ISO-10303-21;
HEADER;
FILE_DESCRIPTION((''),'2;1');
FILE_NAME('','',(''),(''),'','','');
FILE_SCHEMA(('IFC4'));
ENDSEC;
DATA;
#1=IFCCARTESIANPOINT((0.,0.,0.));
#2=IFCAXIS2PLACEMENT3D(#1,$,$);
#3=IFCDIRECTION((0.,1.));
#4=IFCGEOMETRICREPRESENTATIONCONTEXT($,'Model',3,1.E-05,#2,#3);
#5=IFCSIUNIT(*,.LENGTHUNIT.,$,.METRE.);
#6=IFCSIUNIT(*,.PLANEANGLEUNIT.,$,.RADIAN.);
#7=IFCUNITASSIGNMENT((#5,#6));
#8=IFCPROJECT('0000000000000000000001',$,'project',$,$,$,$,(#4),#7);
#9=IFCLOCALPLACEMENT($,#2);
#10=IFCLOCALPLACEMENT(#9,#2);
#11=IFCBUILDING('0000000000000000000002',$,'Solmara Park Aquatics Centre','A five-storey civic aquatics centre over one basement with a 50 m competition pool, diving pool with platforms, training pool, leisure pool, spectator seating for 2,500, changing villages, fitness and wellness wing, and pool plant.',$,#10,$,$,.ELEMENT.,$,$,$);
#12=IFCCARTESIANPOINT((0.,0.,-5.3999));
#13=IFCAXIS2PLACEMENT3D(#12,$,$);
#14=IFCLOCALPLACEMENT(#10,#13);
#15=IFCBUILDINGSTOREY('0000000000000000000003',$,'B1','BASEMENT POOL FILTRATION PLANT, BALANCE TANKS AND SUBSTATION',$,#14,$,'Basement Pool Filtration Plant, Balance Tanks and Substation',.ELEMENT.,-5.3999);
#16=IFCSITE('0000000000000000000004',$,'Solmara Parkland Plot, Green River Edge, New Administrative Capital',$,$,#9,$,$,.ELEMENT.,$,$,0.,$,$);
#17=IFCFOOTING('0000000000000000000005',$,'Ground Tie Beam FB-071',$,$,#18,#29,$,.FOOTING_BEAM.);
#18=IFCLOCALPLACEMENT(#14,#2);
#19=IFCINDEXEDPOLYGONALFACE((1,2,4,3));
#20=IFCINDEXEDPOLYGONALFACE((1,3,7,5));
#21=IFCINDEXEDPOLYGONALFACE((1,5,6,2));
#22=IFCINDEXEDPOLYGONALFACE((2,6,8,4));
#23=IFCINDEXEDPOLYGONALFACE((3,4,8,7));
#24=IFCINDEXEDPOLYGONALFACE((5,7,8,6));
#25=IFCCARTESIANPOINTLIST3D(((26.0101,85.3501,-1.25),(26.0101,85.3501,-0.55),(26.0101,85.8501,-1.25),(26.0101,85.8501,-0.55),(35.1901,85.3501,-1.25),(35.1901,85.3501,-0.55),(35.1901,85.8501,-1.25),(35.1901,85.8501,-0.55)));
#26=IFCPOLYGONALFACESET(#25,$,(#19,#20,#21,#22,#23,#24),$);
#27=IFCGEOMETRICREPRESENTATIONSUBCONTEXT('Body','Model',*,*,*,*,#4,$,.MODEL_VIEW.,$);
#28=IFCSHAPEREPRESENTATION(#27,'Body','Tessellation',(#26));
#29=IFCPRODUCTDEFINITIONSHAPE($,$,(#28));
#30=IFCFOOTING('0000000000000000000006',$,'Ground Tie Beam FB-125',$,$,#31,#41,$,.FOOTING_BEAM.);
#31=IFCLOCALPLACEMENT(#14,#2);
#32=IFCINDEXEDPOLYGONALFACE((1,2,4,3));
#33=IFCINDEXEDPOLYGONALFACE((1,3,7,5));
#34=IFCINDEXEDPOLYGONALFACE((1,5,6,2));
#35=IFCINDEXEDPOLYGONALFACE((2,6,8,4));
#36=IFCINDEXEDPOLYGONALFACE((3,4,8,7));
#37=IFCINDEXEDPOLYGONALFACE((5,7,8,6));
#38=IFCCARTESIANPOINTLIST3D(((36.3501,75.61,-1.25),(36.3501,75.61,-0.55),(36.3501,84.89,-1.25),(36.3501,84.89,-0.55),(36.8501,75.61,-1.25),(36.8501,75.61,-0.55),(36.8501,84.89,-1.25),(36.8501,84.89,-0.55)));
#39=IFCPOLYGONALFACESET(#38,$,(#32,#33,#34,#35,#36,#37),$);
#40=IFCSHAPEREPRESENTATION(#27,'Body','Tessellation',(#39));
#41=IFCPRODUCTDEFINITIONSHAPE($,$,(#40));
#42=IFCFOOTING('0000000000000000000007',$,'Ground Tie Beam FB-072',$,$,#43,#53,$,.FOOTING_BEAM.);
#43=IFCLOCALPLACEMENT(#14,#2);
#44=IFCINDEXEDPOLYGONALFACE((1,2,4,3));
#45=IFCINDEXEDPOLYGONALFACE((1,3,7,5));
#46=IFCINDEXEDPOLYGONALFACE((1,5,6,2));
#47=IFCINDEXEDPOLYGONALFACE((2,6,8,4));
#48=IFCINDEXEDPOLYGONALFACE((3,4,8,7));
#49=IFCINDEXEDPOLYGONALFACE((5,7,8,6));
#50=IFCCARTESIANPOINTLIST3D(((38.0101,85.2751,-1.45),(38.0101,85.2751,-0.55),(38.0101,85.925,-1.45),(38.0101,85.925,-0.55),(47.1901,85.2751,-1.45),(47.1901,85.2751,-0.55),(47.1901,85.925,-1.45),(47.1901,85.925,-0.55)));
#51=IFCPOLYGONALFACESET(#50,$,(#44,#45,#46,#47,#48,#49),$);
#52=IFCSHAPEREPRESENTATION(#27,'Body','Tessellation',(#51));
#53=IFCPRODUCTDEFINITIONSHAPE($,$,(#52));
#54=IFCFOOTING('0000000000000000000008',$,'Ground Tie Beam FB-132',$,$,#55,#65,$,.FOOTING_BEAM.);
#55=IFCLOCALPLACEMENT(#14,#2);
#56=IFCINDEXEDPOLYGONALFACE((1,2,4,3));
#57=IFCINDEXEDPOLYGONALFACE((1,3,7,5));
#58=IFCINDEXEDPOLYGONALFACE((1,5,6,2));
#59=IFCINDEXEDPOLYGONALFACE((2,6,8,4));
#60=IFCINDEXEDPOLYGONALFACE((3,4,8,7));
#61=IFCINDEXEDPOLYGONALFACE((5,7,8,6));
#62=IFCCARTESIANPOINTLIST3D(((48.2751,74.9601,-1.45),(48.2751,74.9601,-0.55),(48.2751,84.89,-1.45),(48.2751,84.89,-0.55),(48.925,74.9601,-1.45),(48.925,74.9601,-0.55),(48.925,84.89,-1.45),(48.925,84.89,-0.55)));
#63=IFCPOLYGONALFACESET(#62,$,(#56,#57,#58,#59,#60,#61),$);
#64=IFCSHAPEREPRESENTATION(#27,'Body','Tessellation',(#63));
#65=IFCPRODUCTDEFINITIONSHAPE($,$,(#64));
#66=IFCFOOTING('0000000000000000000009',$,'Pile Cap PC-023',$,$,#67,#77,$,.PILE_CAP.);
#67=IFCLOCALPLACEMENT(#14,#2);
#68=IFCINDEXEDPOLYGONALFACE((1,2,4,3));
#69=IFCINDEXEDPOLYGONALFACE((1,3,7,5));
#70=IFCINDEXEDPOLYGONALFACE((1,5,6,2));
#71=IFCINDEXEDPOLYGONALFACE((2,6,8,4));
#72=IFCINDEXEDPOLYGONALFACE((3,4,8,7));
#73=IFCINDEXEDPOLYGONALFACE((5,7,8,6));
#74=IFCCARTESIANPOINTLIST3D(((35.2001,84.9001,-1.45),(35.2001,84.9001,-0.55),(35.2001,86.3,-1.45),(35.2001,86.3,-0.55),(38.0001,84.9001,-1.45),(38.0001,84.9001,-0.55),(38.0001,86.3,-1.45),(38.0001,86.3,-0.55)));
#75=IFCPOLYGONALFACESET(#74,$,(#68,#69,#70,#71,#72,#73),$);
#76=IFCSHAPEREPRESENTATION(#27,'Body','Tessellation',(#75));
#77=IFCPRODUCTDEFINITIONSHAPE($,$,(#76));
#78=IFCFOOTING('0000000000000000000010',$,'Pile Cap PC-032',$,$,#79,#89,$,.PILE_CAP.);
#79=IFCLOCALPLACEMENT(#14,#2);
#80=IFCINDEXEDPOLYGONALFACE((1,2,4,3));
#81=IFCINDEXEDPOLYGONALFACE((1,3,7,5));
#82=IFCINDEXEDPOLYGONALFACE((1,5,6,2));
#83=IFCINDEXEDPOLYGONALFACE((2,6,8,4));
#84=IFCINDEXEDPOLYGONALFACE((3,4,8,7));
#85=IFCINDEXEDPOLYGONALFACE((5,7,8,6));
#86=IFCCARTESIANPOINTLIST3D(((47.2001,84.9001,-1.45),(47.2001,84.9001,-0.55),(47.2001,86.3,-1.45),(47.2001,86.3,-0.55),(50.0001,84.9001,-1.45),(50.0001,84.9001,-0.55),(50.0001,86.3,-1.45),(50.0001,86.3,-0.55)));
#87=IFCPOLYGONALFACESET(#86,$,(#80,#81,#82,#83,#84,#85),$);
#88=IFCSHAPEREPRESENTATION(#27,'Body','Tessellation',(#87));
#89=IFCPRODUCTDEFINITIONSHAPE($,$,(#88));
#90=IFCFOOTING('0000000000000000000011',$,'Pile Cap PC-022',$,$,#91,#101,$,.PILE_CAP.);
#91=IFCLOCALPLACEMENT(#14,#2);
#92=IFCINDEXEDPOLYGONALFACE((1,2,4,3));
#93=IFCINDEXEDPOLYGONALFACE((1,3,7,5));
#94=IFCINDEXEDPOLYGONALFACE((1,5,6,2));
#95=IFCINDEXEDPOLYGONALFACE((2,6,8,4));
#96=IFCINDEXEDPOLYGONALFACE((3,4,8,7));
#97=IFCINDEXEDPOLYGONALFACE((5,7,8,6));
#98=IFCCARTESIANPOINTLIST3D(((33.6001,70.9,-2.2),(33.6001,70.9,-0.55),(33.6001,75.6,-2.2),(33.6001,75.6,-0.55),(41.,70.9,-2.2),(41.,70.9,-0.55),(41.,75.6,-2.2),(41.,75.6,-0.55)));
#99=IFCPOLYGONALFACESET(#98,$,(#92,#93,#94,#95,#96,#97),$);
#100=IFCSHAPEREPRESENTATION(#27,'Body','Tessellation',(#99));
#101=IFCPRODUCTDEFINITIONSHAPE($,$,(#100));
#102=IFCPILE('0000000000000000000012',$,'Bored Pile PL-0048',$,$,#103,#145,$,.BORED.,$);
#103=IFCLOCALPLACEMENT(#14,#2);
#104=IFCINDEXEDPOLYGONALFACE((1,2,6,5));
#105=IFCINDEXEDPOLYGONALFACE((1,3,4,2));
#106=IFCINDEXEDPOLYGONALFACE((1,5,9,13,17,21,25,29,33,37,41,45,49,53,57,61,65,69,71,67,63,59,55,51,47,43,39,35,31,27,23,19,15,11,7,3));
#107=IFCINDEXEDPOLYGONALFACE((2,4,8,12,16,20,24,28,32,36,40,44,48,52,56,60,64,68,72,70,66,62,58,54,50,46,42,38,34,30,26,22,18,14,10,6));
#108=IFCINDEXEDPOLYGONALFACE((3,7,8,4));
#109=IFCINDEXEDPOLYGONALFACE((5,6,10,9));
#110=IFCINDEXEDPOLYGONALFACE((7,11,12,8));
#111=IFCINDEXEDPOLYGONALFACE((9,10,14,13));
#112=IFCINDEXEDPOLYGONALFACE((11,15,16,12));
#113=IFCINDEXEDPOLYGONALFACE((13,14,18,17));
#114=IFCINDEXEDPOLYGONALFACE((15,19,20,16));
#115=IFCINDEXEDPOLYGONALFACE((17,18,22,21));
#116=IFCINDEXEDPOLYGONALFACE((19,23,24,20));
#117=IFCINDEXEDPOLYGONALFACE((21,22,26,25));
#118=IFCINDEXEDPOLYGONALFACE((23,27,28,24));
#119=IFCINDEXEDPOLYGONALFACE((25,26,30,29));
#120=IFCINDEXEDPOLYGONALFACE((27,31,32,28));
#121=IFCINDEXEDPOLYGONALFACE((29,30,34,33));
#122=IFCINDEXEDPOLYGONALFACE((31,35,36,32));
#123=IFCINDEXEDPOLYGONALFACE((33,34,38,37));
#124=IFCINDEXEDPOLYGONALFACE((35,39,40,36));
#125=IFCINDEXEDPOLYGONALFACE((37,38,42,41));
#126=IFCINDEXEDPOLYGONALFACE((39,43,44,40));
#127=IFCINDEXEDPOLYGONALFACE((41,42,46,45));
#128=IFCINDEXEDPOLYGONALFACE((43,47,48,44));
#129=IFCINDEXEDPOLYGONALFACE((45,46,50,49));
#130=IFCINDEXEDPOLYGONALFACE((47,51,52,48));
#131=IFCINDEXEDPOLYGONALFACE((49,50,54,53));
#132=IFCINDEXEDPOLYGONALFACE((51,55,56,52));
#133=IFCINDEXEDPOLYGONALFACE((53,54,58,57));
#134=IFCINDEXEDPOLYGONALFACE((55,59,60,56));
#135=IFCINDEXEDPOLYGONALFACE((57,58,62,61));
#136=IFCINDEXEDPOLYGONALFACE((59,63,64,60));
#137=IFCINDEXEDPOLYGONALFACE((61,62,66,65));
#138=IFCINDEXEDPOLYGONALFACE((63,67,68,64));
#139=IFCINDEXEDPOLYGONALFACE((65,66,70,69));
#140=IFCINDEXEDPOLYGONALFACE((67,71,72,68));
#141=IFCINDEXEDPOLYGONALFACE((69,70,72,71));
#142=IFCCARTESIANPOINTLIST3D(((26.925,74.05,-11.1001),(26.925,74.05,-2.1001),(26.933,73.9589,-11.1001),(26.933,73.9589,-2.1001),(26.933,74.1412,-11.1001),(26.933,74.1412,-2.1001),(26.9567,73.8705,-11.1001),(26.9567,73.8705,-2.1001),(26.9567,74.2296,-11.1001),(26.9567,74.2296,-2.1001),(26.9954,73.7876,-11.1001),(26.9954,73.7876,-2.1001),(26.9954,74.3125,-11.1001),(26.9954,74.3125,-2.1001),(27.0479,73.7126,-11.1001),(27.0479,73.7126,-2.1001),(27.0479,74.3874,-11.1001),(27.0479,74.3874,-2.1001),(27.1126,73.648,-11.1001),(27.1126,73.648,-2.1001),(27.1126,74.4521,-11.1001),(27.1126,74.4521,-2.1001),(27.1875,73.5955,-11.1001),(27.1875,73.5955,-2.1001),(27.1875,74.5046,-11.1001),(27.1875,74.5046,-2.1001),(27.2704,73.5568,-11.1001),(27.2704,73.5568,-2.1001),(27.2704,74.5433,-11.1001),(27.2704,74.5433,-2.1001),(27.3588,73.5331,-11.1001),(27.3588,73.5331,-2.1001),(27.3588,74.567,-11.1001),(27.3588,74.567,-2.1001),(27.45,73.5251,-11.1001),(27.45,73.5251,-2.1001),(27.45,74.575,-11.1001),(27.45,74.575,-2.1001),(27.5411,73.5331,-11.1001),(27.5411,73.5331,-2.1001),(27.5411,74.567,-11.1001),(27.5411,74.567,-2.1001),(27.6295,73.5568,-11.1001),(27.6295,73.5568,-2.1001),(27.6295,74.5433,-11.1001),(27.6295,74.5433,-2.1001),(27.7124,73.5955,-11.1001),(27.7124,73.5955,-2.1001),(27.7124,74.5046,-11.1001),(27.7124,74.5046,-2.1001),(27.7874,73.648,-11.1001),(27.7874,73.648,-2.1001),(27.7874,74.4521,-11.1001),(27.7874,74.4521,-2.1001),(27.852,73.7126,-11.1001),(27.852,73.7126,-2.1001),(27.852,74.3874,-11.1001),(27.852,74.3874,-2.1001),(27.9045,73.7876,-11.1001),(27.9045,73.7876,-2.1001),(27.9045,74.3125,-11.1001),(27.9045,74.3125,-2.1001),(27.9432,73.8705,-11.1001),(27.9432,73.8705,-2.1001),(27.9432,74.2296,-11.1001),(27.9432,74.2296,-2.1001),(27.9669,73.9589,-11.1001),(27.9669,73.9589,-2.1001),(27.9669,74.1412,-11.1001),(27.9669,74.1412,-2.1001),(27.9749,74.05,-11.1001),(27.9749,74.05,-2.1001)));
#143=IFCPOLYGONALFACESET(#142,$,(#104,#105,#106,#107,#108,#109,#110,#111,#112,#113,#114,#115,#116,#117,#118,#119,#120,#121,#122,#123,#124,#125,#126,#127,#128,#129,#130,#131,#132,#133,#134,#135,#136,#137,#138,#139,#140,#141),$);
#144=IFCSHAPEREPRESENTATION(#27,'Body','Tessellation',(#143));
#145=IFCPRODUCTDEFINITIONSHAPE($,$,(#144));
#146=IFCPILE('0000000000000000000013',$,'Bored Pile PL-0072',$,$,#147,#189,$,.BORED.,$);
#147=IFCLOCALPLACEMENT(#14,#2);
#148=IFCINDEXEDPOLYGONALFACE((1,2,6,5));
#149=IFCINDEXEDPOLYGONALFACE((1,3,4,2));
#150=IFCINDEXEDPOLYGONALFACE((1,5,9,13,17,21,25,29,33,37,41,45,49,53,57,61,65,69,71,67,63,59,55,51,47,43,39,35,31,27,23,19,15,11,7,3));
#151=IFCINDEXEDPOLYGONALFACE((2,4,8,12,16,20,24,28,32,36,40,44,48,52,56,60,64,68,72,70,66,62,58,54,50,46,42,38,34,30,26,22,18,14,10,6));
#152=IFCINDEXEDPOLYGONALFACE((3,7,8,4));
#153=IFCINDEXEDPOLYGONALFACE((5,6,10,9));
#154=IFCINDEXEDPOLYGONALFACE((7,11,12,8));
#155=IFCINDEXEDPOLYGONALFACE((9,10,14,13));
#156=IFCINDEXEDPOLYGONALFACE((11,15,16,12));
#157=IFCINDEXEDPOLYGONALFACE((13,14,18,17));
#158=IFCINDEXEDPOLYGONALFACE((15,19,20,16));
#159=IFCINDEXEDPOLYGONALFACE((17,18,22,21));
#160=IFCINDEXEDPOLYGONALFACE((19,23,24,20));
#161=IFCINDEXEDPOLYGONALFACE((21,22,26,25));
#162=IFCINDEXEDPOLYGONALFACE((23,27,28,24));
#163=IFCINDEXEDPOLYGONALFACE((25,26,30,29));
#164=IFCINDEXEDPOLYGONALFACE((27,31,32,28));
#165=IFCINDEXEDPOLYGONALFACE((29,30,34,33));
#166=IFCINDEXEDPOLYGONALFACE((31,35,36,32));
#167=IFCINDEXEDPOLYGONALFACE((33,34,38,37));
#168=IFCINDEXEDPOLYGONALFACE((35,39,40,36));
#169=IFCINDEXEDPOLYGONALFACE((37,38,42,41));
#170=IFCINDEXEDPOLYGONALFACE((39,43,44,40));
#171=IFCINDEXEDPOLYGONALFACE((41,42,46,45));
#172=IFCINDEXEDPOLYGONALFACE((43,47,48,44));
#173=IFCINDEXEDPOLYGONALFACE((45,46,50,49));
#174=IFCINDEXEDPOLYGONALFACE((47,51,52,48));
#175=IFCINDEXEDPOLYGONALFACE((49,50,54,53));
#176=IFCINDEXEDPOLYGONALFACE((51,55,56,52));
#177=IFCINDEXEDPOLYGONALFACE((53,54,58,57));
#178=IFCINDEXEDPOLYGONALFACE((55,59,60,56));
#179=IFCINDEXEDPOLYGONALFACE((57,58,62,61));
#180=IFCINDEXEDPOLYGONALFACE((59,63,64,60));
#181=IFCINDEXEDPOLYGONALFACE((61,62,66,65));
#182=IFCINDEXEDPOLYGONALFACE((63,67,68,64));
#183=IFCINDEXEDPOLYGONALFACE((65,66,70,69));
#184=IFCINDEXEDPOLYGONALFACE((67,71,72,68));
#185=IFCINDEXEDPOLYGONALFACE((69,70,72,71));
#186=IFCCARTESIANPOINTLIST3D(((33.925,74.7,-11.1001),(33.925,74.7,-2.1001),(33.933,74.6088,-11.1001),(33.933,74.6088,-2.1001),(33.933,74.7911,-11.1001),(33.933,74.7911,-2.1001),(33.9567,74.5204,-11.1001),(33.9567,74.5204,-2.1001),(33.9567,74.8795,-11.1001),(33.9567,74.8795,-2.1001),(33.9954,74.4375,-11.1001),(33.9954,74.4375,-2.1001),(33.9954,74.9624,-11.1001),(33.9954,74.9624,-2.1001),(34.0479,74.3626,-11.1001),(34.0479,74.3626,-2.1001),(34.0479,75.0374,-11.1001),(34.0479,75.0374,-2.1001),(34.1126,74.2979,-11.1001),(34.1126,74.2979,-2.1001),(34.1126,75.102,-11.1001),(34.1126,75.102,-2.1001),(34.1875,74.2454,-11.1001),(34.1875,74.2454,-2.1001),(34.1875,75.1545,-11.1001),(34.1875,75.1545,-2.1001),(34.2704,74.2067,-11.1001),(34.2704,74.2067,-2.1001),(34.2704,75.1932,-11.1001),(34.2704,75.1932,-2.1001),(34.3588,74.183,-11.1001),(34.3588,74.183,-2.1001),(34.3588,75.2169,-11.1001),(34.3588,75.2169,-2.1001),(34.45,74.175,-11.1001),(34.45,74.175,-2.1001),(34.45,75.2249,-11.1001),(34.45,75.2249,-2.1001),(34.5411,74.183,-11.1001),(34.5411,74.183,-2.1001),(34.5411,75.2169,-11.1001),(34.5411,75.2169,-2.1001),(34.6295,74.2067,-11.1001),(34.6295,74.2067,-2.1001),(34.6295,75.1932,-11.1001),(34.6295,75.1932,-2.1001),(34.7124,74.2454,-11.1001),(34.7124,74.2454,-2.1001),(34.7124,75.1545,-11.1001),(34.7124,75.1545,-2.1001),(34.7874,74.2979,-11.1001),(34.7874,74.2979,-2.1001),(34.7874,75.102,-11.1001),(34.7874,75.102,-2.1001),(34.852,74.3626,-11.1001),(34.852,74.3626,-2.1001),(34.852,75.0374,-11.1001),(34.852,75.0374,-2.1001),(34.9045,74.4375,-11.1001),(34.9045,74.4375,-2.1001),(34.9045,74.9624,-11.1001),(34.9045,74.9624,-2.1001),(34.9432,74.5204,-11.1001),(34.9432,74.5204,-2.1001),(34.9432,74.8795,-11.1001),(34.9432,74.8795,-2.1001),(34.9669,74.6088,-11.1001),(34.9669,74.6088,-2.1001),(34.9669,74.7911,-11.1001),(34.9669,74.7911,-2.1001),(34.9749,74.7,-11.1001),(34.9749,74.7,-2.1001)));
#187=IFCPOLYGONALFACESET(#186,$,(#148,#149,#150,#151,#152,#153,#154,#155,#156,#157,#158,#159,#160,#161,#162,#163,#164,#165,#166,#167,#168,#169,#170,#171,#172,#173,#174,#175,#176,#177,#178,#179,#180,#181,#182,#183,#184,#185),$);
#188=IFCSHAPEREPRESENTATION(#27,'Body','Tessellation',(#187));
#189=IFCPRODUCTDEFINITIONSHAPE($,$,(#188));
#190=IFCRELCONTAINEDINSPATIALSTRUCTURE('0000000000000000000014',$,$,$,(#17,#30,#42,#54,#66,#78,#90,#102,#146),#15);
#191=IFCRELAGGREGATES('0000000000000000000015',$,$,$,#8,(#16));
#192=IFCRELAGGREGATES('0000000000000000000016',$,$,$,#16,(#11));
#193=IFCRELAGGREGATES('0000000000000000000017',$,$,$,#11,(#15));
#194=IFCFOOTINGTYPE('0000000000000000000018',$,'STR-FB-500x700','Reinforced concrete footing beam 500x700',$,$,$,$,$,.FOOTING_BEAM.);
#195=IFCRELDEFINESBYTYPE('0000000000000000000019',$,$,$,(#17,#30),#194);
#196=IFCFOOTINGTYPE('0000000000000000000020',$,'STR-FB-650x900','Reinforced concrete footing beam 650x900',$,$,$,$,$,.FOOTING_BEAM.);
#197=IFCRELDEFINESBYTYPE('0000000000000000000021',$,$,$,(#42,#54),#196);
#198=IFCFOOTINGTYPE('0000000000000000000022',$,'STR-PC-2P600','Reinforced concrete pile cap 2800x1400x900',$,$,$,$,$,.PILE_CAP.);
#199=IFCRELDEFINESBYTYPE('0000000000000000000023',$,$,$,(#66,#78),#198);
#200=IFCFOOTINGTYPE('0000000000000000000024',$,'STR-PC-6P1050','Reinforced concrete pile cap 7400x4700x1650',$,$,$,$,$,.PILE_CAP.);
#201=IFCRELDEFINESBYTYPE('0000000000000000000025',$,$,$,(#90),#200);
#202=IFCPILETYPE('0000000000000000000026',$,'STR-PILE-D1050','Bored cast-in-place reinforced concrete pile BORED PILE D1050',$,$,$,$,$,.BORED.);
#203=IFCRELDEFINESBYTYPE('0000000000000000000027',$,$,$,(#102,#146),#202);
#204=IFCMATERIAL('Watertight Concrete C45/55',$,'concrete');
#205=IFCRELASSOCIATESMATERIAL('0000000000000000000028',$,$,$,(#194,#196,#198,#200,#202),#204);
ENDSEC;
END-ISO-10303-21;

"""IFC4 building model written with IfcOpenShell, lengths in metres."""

from ifc_helpers import new_model, si_unit, direction, frame, origin, origin_2d, place, context, subcontext, project, spatial, rectangle, circle, extrude, material, material_profile, profile_set, type_object, element, save


model = new_model("IFC4")

# Units and contexts
model_context = context("Model", 3, precision=1e-05, world=origin(), true_north=direction((0.0, 1.0)))
body_context = subcontext(model_context, "Body", "Model", "MODEL_VIEW")
ifc_project = project(units=[si_unit("LENGTHUNIT", "METRE"), si_unit("PLANEANGLEUNIT", "RADIAN")], contexts=[model_context])

# Site, building, storey
site_placement = place(None, origin())
site = spatial("IfcSite", under=ifc_project, at=site_placement, Name="Solmara Parkland Plot, Green River Edge, New Administrative Capital", CompositionType="ELEMENT", RefElevation=0.0)
building_placement = place(site_placement, origin())
building = spatial("IfcBuilding", under=site, at=building_placement, Name="Solmara Park Aquatics Centre", Description="A five-storey civic aquatics centre over one basement with a 50 m competition pool, diving pool with platforms, training pool, leisure pool, spectator seating for 2,500, changing villages, fitness and wellness wing, and pool plant.", CompositionType="ELEMENT")
storey_placement = place(building_placement, frame((0.0, 0.0, -5.3999)))
storey = spatial("IfcBuildingStorey", under=building, at=storey_placement, Name="B1", Description="BASEMENT POOL FILTRATION PLANT, BALANCE TANKS AND SUBSTATION", LongName="Basement Pool Filtration Plant, Balance Tanks and Substation", CompositionType="ELEMENT", Elevation=-5.3999)

# Footings
ifc_material_1 = material(Name="Watertight Concrete C45/55", Category="concrete")
footing_type_1 = type_object("IfcFootingType", Name="STR-FB-500x700", Description="Reinforced concrete footing beam 500x700", PredefinedType="FOOTING_BEAM", material=ifc_material_1)
footing_1_placement = place(storey_placement, frame((30.6001, 85.6001, -1.25), z_axis=(0.0, 0.0, 1.0), x_axis=(1.0, 0.0, 0.0)))
element("IfcFooting", 1, at=footing_1_placement, inside=storey, type_object=footing_type_1, Name="Ground Tie Beam FB-071", PredefinedType="FOOTING_BEAM", context=body_context, shape_type="SweptSolid", body=[
    extrude(rectangle(XDim=9.1799, YDim=0.5, at=origin_2d()), origin(), (0.0, 0.0, 1.0), 0.7),
])
footing_2_placement = place(storey_placement, frame((36.6001, 80.25, -1.25), z_axis=(0.0, 0.0, 1.0), x_axis=(1.0, 0.0, 0.0)))
element("IfcFooting", 2, at=footing_2_placement, inside=storey, type_object=footing_type_1, Name="Ground Tie Beam FB-125", PredefinedType="FOOTING_BEAM", context=body_context, shape_type="SweptSolid", body=[
    extrude(rectangle(XDim=0.5, YDim=9.28, at=origin_2d()), origin(), (0.0, 0.0, 1.0), 0.7),
])
footing_type_2 = type_object("IfcFootingType", Name="STR-FB-650x900", Description="Reinforced concrete footing beam 650x900", PredefinedType="FOOTING_BEAM", material=ifc_material_1)
footing_3_placement = place(storey_placement, frame((42.6001, 85.6001, -1.45), z_axis=(0.0, 0.0, 1.0), x_axis=(1.0, 0.0, 0.0)))
element("IfcFooting", 3, at=footing_3_placement, inside=storey, type_object=footing_type_2, Name="Ground Tie Beam FB-072", PredefinedType="FOOTING_BEAM", context=body_context, shape_type="SweptSolid", body=[
    extrude(rectangle(XDim=9.1799, YDim=0.6499, at=origin_2d()), origin(), (0.0, 0.0, 1.0), 0.8999),
])
footing_4_placement = place(storey_placement, frame((48.6001, 79.925, -1.45), z_axis=(0.0, 0.0, 1.0), x_axis=(1.0, 0.0, 0.0)))
element("IfcFooting", 4, at=footing_4_placement, inside=storey, type_object=footing_type_2, Name="Ground Tie Beam FB-132", PredefinedType="FOOTING_BEAM", context=body_context, shape_type="SweptSolid", body=[
    extrude(rectangle(XDim=0.6499, YDim=9.9299, at=origin_2d()), origin(), (0.0, 0.0, 1.0), 0.8999),
])
footing_type_3 = type_object("IfcFootingType", Name="STR-PC-2P600", Description="Reinforced concrete pile cap 2800x1400x900", PredefinedType="PILE_CAP", material=ifc_material_1)
for number, where, z_axis, x_axis, name in (
    (5, (36.6001, 85.6001, -1.45), (0.0, 0.0, 1.0), (1.0, 0.0, 0.0), "Pile Cap PC-023"),
    (6, (48.6001, 85.6001, -1.45), (0.0, 0.0, 1.0), (1.0, 0.0, 0.0), "Pile Cap PC-032"),
):
    element("IfcFooting", number, at=place(storey_placement, frame(where, z_axis=z_axis, x_axis=x_axis)), inside=storey, type_object=footing_type_3, Name=name, PredefinedType="PILE_CAP", context=body_context, shape_type="SweptSolid", body=[
        extrude(rectangle(XDim=2.8, YDim=1.3999, at=origin_2d()), origin(), (0.0, 0.0, 1.0), 0.8999),
    ])
footing_type_4 = type_object("IfcFootingType", Name="STR-PC-6P1050", Description="Reinforced concrete pile cap 7400x4700x1650", PredefinedType="PILE_CAP", material=ifc_material_1)
footing_5_placement = place(storey_placement, frame((37.3, 73.25, -2.2), z_axis=(0.0, 0.0, 1.0), x_axis=(1.0, 0.0, 0.0)))
element("IfcFooting", 7, at=footing_5_placement, inside=storey, type_object=footing_type_4, Name="Pile Cap PC-022", PredefinedType="PILE_CAP", context=body_context, shape_type="SweptSolid", body=[
    extrude(rectangle(XDim=7.3999, YDim=4.7, at=origin_2d()), origin(), (0.0, 0.0, 1.0), 1.6499),
])

# Piles
ifc_material_profile_1 = material_profile(ifc_material_1, circle(Radius=0.5249, at=origin_2d()), Name="BORED PILE D1050")
ifc_profile_set_1 = profile_set([ifc_material_profile_1], Name="Watertight Concrete C45/55")
pile_type_1 = type_object("IfcPileType", Name="STR-PILE-D1050", Description="Bored cast-in-place reinforced concrete pile BORED PILE D1050", PredefinedType="BORED", material=ifc_profile_set_1)
for number, where, z_axis, x_axis, name in (
    (8, (27.45, 74.05, -2.1001), (0.0, 0.0, -1.0), (1.0, 0.0, 0.0), "Bored Pile PL-0048"),
    (9, (34.45, 74.7, -2.1001), (0.0, 0.0, -1.0), (1.0, 0.0, 0.0), "Bored Pile PL-0072"),
):
    element("IfcPile", number, at=place(storey_placement, frame(where, z_axis=z_axis, x_axis=x_axis)), inside=storey, type_object=pile_type_1, Name=name, PredefinedType="BORED", context=body_context, shape_type="SweptSolid", body=[
        extrude(circle(Radius=0.5249, at=origin_2d()), origin(), (0.0, 0.0, 1.0), 9.0),
    ])

save(model, "model.ifc")
